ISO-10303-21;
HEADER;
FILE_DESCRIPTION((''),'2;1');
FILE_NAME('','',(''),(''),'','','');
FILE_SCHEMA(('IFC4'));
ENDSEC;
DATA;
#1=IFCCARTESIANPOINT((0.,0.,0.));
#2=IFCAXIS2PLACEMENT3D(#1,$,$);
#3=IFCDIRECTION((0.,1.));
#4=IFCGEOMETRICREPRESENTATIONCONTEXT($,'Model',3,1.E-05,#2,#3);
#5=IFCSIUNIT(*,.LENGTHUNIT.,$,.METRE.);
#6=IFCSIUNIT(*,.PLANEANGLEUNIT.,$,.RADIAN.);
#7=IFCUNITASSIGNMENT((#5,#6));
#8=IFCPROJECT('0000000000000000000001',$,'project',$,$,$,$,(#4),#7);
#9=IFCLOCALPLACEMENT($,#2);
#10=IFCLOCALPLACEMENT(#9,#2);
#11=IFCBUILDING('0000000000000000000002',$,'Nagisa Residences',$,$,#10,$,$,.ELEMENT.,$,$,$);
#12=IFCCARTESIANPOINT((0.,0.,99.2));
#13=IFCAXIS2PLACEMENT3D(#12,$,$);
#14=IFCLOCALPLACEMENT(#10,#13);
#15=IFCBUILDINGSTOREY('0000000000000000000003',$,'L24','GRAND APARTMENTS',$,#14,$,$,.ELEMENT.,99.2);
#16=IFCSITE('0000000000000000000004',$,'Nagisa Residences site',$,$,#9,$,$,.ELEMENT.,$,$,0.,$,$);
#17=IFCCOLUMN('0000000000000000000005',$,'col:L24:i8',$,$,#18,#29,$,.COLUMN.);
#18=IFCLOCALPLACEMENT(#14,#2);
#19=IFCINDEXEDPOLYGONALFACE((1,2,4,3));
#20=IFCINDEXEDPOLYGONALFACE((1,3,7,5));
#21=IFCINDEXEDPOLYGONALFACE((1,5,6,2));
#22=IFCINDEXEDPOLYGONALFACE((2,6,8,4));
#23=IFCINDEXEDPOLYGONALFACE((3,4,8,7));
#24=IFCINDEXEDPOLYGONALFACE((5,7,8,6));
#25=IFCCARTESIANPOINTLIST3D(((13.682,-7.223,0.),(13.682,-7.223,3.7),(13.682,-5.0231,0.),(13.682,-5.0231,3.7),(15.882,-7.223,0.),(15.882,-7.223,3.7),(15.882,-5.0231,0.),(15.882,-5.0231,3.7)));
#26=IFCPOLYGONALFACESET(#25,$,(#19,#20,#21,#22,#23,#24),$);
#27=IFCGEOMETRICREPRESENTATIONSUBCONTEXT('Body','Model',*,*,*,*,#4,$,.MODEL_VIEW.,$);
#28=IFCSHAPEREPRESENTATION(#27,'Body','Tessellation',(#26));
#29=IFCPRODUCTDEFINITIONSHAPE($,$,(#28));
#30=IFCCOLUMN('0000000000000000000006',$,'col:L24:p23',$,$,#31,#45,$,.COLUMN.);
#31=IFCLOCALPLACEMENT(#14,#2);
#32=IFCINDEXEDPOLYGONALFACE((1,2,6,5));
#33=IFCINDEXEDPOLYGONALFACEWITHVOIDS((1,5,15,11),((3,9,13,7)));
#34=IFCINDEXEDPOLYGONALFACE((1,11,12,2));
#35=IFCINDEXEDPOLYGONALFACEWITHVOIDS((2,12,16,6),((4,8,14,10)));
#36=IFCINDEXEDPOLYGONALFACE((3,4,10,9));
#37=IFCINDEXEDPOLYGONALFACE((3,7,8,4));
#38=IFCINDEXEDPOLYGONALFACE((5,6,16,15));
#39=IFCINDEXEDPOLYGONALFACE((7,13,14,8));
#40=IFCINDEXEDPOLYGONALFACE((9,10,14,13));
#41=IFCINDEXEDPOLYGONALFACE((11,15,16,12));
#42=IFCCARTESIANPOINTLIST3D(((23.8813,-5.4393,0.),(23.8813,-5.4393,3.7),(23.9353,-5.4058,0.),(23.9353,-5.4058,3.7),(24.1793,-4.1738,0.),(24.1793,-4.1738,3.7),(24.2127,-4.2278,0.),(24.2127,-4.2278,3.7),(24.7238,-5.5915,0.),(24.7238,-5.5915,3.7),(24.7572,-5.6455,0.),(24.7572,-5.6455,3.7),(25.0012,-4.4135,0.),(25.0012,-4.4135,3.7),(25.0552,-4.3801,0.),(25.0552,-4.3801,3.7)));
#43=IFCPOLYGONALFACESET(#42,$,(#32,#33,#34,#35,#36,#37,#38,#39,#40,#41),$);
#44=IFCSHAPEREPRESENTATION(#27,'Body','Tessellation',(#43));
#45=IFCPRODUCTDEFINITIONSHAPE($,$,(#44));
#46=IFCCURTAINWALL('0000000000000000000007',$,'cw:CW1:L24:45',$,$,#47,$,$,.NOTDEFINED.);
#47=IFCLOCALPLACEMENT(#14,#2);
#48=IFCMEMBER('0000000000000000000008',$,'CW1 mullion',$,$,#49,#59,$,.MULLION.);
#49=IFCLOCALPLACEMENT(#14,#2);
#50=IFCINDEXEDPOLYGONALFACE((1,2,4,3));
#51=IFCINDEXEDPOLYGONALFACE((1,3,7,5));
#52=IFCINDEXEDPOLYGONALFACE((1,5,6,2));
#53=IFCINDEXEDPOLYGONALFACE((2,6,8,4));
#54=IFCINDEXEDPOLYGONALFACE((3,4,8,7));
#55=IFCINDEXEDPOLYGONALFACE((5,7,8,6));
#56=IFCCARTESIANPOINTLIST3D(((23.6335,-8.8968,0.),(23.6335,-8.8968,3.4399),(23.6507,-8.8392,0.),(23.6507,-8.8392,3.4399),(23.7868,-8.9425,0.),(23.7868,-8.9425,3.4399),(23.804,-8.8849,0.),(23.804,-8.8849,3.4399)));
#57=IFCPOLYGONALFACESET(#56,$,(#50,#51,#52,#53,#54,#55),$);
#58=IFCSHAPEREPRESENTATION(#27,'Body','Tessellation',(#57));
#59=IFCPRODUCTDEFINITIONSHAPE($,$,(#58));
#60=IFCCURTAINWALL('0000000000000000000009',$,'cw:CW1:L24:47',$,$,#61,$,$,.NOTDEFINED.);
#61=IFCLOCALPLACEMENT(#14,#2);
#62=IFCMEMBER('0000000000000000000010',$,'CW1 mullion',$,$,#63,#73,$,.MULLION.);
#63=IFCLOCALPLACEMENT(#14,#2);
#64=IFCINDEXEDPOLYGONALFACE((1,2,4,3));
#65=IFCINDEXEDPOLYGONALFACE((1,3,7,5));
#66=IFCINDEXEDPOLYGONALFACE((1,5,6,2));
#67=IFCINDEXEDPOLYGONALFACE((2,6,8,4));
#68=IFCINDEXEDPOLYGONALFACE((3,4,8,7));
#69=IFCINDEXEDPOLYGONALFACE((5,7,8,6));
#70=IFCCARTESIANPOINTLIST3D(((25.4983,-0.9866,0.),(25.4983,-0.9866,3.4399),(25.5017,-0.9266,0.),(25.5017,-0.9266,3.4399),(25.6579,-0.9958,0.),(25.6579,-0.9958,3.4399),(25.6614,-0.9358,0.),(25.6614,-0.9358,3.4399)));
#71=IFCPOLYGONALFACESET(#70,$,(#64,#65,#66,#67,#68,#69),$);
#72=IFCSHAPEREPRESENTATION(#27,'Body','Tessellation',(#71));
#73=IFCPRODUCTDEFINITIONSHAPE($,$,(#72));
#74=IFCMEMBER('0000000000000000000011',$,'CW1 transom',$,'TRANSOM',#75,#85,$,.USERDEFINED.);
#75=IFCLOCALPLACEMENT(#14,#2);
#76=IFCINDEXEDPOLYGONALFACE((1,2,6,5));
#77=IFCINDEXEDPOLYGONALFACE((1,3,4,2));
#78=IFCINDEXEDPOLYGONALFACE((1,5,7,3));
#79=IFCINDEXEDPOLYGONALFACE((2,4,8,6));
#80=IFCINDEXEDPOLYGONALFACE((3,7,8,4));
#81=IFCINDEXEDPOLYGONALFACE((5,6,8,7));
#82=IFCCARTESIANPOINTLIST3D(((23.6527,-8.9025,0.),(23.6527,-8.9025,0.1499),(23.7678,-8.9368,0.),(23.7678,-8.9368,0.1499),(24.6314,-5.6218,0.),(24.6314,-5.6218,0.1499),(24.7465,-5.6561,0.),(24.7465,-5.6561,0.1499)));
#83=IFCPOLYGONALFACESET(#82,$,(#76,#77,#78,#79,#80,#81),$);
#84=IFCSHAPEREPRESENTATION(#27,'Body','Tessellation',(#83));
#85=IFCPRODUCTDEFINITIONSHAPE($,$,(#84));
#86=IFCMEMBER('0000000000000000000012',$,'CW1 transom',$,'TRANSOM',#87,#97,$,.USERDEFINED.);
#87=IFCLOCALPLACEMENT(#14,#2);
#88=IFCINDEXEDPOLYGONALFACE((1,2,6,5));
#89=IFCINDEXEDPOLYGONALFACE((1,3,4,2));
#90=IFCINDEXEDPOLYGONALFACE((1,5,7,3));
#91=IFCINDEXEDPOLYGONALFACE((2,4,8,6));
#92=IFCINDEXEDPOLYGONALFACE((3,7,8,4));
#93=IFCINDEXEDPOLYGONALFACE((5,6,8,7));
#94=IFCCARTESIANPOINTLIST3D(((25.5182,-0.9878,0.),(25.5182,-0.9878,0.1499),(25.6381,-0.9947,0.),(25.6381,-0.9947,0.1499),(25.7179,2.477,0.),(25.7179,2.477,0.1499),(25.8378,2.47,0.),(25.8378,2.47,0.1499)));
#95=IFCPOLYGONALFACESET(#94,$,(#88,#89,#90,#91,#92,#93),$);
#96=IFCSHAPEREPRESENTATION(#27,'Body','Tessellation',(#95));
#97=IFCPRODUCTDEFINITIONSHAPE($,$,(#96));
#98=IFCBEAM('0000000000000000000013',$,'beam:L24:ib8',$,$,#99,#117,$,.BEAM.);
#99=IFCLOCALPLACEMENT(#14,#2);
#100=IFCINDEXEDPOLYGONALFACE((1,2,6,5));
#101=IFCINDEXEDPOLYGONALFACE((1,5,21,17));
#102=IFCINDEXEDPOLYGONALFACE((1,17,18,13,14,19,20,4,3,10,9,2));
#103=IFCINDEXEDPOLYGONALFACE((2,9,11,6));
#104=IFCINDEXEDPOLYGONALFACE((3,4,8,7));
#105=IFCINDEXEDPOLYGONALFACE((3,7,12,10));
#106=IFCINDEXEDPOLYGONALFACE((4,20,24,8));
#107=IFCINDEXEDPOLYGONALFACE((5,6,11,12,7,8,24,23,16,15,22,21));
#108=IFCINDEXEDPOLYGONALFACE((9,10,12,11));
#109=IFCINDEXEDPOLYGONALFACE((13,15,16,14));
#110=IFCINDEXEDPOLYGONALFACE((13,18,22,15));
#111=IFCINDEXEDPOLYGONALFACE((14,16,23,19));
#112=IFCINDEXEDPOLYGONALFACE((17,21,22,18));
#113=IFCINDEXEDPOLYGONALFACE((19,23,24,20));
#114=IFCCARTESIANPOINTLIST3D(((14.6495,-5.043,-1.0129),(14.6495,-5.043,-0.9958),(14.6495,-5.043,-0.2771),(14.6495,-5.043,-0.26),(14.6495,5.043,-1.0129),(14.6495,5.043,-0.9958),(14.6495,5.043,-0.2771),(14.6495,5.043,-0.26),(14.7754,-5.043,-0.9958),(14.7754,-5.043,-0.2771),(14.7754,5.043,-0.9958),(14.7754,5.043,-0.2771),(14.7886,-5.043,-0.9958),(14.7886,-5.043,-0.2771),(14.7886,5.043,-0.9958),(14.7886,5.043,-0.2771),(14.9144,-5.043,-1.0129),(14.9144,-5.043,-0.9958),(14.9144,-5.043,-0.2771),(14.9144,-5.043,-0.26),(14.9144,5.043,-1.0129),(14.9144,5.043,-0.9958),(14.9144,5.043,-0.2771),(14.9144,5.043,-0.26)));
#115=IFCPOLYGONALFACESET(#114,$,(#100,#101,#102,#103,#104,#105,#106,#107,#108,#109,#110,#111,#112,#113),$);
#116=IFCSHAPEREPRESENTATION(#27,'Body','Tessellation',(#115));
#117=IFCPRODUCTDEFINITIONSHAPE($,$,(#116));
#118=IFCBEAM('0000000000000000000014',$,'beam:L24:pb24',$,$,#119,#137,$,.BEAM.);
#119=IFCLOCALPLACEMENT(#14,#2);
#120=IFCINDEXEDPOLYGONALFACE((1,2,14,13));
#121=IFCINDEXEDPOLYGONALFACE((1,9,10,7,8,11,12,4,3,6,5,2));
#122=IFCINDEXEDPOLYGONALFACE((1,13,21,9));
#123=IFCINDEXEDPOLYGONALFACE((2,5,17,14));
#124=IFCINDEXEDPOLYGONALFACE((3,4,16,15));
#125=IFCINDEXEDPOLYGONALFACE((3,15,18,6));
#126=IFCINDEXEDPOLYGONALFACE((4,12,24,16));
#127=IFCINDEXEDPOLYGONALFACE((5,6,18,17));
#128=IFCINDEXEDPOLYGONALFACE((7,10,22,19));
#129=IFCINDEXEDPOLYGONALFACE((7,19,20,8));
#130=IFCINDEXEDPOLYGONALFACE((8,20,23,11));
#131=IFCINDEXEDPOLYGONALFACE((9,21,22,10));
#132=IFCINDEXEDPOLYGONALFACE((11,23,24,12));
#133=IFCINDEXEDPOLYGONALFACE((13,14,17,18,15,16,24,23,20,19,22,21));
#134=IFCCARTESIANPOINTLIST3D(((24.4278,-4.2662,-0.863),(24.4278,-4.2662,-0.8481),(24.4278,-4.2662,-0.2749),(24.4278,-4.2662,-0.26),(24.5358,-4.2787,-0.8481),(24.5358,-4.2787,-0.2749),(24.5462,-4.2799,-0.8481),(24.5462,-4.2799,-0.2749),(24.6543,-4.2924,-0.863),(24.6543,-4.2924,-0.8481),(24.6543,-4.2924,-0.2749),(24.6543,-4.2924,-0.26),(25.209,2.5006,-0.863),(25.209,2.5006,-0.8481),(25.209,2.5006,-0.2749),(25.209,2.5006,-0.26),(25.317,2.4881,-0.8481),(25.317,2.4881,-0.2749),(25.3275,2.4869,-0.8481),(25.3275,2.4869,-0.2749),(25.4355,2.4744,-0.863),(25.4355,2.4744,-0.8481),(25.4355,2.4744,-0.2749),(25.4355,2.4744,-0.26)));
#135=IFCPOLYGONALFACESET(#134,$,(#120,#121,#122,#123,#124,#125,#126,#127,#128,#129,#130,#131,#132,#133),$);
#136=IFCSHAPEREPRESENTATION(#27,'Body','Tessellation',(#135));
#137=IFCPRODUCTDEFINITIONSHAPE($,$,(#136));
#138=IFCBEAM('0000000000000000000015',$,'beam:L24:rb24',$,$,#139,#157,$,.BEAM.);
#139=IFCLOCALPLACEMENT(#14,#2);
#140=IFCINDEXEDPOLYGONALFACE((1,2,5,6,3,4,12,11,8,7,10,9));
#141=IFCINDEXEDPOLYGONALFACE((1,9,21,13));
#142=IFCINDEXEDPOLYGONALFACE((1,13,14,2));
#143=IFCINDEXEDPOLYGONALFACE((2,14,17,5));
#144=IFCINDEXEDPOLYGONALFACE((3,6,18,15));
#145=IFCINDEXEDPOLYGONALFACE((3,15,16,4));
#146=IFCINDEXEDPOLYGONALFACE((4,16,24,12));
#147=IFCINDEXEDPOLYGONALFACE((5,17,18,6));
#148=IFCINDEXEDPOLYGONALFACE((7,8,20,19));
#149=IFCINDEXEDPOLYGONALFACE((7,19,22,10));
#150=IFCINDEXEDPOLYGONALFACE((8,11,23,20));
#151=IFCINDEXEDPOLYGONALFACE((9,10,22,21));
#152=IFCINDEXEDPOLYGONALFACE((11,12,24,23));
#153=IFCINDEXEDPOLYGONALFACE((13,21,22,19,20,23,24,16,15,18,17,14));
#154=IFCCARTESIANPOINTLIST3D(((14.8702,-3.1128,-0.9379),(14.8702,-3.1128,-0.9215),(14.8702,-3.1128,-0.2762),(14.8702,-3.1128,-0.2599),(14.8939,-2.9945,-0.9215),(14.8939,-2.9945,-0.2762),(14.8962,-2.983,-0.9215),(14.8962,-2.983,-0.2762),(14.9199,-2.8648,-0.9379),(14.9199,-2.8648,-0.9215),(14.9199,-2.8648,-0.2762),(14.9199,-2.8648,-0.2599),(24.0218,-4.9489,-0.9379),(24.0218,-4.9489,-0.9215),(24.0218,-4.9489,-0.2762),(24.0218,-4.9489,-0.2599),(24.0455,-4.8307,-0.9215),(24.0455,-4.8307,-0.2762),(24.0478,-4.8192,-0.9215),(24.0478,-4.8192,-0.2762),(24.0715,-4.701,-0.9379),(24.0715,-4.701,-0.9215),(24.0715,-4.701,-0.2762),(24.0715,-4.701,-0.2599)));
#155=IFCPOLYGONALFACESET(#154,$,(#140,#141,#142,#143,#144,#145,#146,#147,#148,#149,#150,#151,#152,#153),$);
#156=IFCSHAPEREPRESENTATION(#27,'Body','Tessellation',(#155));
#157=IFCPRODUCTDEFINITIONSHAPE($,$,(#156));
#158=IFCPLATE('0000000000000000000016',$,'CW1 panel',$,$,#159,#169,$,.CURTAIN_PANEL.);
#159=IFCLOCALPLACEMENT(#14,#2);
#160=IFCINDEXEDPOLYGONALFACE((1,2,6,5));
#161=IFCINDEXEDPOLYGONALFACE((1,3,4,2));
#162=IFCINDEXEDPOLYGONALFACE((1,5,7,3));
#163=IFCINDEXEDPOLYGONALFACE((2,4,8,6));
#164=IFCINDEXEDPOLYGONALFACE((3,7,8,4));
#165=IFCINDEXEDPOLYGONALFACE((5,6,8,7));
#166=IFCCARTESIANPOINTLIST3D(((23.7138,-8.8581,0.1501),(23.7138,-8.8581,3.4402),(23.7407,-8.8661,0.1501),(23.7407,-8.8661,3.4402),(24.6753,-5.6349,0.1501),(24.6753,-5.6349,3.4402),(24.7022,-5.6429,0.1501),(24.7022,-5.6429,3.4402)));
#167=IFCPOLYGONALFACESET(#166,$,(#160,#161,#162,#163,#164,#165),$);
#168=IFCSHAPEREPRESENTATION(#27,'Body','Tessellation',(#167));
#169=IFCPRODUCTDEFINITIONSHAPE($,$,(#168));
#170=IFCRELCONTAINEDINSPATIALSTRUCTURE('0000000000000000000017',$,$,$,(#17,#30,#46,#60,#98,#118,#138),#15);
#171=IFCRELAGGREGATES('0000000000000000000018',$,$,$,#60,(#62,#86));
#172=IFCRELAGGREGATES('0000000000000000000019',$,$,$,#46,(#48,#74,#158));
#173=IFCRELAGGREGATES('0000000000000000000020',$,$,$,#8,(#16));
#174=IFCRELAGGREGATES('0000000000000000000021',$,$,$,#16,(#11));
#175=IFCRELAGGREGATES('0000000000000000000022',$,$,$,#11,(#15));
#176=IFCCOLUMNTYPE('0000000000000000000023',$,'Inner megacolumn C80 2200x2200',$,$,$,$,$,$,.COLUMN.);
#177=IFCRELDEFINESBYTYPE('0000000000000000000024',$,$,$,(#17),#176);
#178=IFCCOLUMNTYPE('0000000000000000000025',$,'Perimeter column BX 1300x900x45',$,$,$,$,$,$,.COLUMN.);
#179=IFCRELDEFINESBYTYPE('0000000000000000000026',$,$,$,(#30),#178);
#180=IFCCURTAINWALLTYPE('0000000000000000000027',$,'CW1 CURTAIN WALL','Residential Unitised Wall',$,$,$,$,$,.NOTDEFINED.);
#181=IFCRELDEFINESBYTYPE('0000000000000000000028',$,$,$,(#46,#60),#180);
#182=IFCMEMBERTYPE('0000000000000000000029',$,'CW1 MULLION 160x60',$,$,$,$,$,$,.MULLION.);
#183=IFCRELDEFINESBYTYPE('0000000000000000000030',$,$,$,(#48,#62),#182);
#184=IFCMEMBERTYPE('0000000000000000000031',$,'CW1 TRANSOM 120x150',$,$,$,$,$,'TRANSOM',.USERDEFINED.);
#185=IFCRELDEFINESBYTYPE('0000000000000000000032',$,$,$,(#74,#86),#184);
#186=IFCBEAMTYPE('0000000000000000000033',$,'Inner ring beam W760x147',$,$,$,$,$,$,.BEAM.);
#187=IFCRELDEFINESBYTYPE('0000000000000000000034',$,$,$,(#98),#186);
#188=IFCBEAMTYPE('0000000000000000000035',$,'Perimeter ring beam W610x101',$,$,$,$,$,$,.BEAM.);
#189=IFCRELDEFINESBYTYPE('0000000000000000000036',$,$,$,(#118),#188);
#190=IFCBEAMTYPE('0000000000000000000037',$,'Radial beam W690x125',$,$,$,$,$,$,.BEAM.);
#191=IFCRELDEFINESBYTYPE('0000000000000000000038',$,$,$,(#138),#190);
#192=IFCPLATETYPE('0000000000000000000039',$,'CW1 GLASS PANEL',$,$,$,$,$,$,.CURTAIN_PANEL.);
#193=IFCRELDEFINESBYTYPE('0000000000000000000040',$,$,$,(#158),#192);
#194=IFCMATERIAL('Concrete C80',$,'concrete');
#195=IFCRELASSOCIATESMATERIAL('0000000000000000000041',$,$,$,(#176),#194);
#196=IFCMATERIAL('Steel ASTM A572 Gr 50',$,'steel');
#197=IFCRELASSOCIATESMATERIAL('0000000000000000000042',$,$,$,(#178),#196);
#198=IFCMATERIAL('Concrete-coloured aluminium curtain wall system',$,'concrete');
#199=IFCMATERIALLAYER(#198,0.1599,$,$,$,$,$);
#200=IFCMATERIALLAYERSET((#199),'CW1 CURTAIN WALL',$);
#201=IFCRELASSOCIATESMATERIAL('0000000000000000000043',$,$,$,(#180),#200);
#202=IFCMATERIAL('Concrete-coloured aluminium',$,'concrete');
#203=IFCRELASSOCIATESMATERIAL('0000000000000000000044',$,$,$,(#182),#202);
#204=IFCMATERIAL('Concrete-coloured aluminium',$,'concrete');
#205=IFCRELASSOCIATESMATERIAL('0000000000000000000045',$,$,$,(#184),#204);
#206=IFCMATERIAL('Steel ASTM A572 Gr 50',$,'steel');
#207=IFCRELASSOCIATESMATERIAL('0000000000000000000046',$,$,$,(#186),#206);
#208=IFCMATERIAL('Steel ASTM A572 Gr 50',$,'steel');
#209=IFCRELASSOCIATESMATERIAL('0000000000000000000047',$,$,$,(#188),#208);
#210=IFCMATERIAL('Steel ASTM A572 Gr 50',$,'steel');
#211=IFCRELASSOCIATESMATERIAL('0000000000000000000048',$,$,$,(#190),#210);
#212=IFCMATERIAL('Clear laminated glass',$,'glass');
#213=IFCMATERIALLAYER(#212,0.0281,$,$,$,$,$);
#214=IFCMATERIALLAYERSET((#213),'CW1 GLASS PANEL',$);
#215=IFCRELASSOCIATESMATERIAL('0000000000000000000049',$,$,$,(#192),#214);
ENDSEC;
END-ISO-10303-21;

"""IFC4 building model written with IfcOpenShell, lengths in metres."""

from ifc_helpers import new_model, si_unit, direction, frame, origin, origin_2d, place, context, subcontext, project, spatial, rectangle, hollow_rectangle, i_section, extrude, material, layer, layer_set, material_profile, profile_set, type_object, element, aggregate, save


model = new_model("IFC4")

# Units and contexts
model_context = context("Model", 3, precision=1e-05, world=origin(), true_north=direction((0.0, 1.0)))
body_context = subcontext(model_context, "Body", "Model", "MODEL_VIEW")
ifc_project = project(units=[si_unit("LENGTHUNIT", "METRE"), si_unit("PLANEANGLEUNIT", "RADIAN")], contexts=[model_context])

# Site, building, storey
site_placement = place(None, origin())
site = spatial("IfcSite", under=ifc_project, at=site_placement, Name="Nagisa Residences site", CompositionType="ELEMENT", RefElevation=0.0)
building_placement = place(site_placement, origin())
building = spatial("IfcBuilding", under=site, at=building_placement, Name="Nagisa Residences", CompositionType="ELEMENT")
storey_placement = place(building_placement, frame((0.0, 0.0, 99.2)))
storey = spatial("IfcBuildingStorey", under=building, at=storey_placement, Name="L24", Description="GRAND APARTMENTS", CompositionType="ELEMENT", Elevation=99.2)

# Columns
ifc_material_1 = material(Name="Concrete C80", Category="concrete")
ifc_material_profile_1 = material_profile(ifc_material_1, rectangle(XDim=2.2, YDim=2.2, at=origin_2d()), Name="C80 2200x2200")
ifc_profile_set_1 = profile_set([ifc_material_profile_1], Name="Concrete C80")
column_type_1 = type_object("IfcColumnType", Name="Inner megacolumn C80 2200x2200", PredefinedType="COLUMN", material=ifc_profile_set_1)
column_1_placement = place(storey_placement, frame((14.782, -6.123, 0.0), z_axis=(0.0, 0.0, 1.0), x_axis=(1.0, 0.0, 0.0)))
element("IfcColumn", 1, at=column_1_placement, inside=storey, type_object=column_type_1, Name="col:L24:i8", PredefinedType="COLUMN", context=body_context, shape_type="SweptSolid", body=[
    extrude(rectangle(XDim=2.2, YDim=2.2, at=origin_2d()), origin(), (0.0, 0.0, 1.0), 3.7),
])
ifc_material_2 = material(Name="Steel ASTM A572 Gr 50", Category="steel")
ifc_material_profile_2 = material_profile(ifc_material_2, hollow_rectangle(XDim=1.3, YDim=0.8999, WallThickness=0.0449, at=origin_2d()), Name="BX 1300x900x45")
ifc_profile_set_2 = profile_set([ifc_material_profile_2], Name="Steel ASTM A572 Gr 50")
column_type_2 = type_object("IfcColumnType", Name="Perimeter column BX 1300x900x45", PredefinedType="COLUMN", material=ifc_profile_set_2)
column_2_placement = place(storey_placement, frame((24.4683, -4.9097, 0.0), z_axis=(0.0, 0.0, 1.0), x_axis=(0.229202, 0.973379, 0.0)))
element("IfcColumn", 2, at=column_2_placement, inside=storey, type_object=column_type_2, Name="col:L24:p23", PredefinedType="COLUMN", context=body_context, shape_type="SweptSolid", body=[
    extrude(hollow_rectangle(XDim=1.3, YDim=0.8999, WallThickness=0.0449, at=origin_2d()), origin(), (0.0, 0.0, 1.0), 3.7),
])

# Curtain walls, members
ifc_material_3 = material(Name="Concrete-coloured aluminium curtain wall system", Category="concrete")
ifc_layer_1 = layer(ifc_material_3, 0.1599)
ifc_layer_set_1 = layer_set([ifc_layer_1], Name="CW1 CURTAIN WALL")
curtain_wall_type = type_object("IfcCurtainWallType", Name="CW1 CURTAIN WALL", Description="Residential Unitised Wall", PredefinedType="NOTDEFINED", material=ifc_layer_set_1)
curtain_wall_1_placement = place(storey_placement, origin())
curtain_wall_1 = element("IfcCurtainWall", 3, at=curtain_wall_1_placement, inside=storey, type_object=curtain_wall_type, Name="cw:CW1:L24:45", PredefinedType="NOTDEFINED")
ifc_material_4 = material(Name="Concrete-coloured aluminium", Category="concrete")
ifc_material_profile_3 = material_profile(ifc_material_4, rectangle(XDim=0.1599, YDim=0.0601, at=origin_2d()), Name="CW1 MULLION 160x60")
ifc_profile_set_3 = profile_set([ifc_material_profile_3], Name="Concrete-coloured aluminium")
member_type_1 = type_object("IfcMemberType", Name="CW1 MULLION 160x60", PredefinedType="MULLION", material=ifc_profile_set_3)
member_1_placement = place(storey_placement, frame((23.7188, -8.8909, 0.0), z_axis=(0.0, 0.0, 1.0), x_axis=(-0.958271, 0.28586, 0.0)))
member_1 = element("IfcMember", 4, at=member_1_placement, type_object=member_type_1, Name="CW1 mullion", PredefinedType="MULLION", context=body_context, shape_type="SweptSolid", body=[
    extrude(rectangle(XDim=0.1599, YDim=0.0601, at=origin_2d()), origin(), (0.0, 0.0, 1.0), 3.4399),
])
curtain_wall_2_placement = place(storey_placement, origin())
curtain_wall_2 = element("IfcCurtainWall", 5, at=curtain_wall_2_placement, inside=storey, type_object=curtain_wall_type, Name="cw:CW1:L24:47", PredefinedType="NOTDEFINED")
member_2_placement = place(storey_placement, frame((25.5798, -0.9612, 0.0), z_axis=(0.0, 0.0, 1.0), x_axis=(-0.998345, 0.057503, 0.0)))
member_2 = element("IfcMember", 6, at=member_2_placement, type_object=member_type_1, Name="CW1 mullion", PredefinedType="MULLION", context=body_context, shape_type="SweptSolid", body=[
    extrude(rectangle(XDim=0.1599, YDim=0.0601, at=origin_2d()), origin(), (0.0, 0.0, 1.0), 3.4399),
])

# Members
ifc_material_5 = material(Name="Concrete-coloured aluminium", Category="concrete")
ifc_material_profile_4 = material_profile(ifc_material_5, rectangle(XDim=0.1201, YDim=0.1499, at=origin_2d()), Name="CW1 TRANSOM 120x150")
ifc_profile_set_4 = profile_set([ifc_material_profile_4], Name="Concrete-coloured aluminium")
member_type_2 = type_object("IfcMemberType", Name="CW1 TRANSOM 120x150", ElementType="TRANSOM", PredefinedType="USERDEFINED", material=ifc_profile_set_4)
member_3_placement = place(storey_placement, frame((23.7102, -8.9197, 0.075), z_axis=(0.285882, 0.958265, 0.0), x_axis=(-0.958265, 0.285882, 0.0)))
member_3 = element("IfcMember", 7, at=member_3_placement, type_object=member_type_2, Name="CW1 transom", ObjectType="TRANSOM", PredefinedType="USERDEFINED", context=body_context, shape_type="SweptSolid", body=[
    extrude(rectangle(XDim=0.1201, YDim=0.1499, at=origin_2d()), origin(), (0.0, 0.0, 1.0), 3.4236),
])
member_4_placement = place(storey_placement, frame((25.5781, -0.9912, 0.075), z_axis=(0.057547, 0.998343, 0.0), x_axis=(-0.998343, 0.057547, 0.0)))
member_4 = element("IfcMember", 8, at=member_4_placement, type_object=member_type_2, Name="CW1 transom", ObjectType="TRANSOM", PredefinedType="USERDEFINED", context=body_context, shape_type="SweptSolid", body=[
    extrude(rectangle(XDim=0.1201, YDim=0.1499, at=origin_2d()), origin(), (0.0, 0.0, 1.0), 3.4705),
])
aggregate(curtain_wall_2, [member_2, member_4])

# Beams
ifc_material_6 = material(Name="Steel ASTM A572 Gr 50", Category="steel")
ifc_material_profile_5 = material_profile(ifc_material_6, i_section(OverallWidth=0.2649, OverallDepth=0.7529, WebThickness=0.0132, FlangeThickness=0.0171, at=origin_2d()), Name="W760x147")
ifc_profile_set_5 = profile_set([ifc_material_profile_5], Name="Steel ASTM A572 Gr 50")
beam_type_1 = type_object("IfcBeamType", Name="Inner ring beam W760x147", PredefinedType="BEAM", material=ifc_profile_set_5)
beam_1_placement = place(storey_placement, frame((14.782, -5.043, -0.6365), z_axis=(0.0, 1.0, 0.0), x_axis=(-1.0, 0.0, 0.0)))
element("IfcBeam", 9, at=beam_1_placement, inside=storey, type_object=beam_type_1, Name="beam:L24:ib8", PredefinedType="BEAM", context=body_context, shape_type="SweptSolid", body=[
    extrude(i_section(OverallWidth=0.2649, OverallDepth=0.7529, WebThickness=0.0132, FlangeThickness=0.0171, at=origin_2d()), origin(), (0.0, 0.0, 1.0), 10.0859),
])
ifc_material_7 = material(Name="Steel ASTM A572 Gr 50", Category="steel")
ifc_material_profile_6 = material_profile(ifc_material_7, i_section(OverallWidth=0.228, OverallDepth=0.603, WebThickness=0.0105, FlangeThickness=0.0149, at=origin_2d()), Name="W610x101")
ifc_profile_set_6 = profile_set([ifc_material_profile_6], Name="Steel ASTM A572 Gr 50")
beam_type_2 = type_object("IfcBeamType", Name="Perimeter ring beam W610x101", PredefinedType="BEAM", material=ifc_profile_set_6)
beam_2_placement = place(storey_placement, frame((24.541, -4.2793, -0.5615), z_axis=(0.114691, 0.993401, 0.0), x_axis=(-0.993401, 0.114691, 0.0)))
element("IfcBeam", 10, at=beam_2_placement, inside=storey, type_object=beam_type_2, Name="beam:L24:pb24", PredefinedType="BEAM", context=body_context, shape_type="SweptSolid", body=[
    extrude(i_section(OverallWidth=0.228, OverallDepth=0.603, WebThickness=0.0105, FlangeThickness=0.0149, at=origin_2d()), origin(), (0.0, 0.0, 1.0), 6.8118),
])
ifc_material_8 = material(Name="Steel ASTM A572 Gr 50", Category="steel")
ifc_material_profile_7 = material_profile(ifc_material_8, i_section(OverallWidth=0.2529, OverallDepth=0.678, WebThickness=0.0117, FlangeThickness=0.0164, at=origin_2d()), Name="W690x125")
ifc_profile_set_7 = profile_set([ifc_material_profile_7], Name="Steel ASTM A572 Gr 50")
beam_type_3 = type_object("IfcBeamType", Name="Radial beam W690x125", PredefinedType="BEAM", material=ifc_profile_set_7)
beam_3_placement = place(storey_placement, frame((24.0466, -4.825, -0.5989), z_axis=(-0.98046, 0.19672, 0.0), x_axis=(-0.19672, -0.98046, 0.0)))
element("IfcBeam", 11, at=beam_3_placement, inside=storey, type_object=beam_type_3, Name="beam:L24:rb24", PredefinedType="BEAM", context=body_context, shape_type="SweptSolid", body=[
    extrude(i_section(OverallWidth=0.2529, OverallDepth=0.678, WebThickness=0.0117, FlangeThickness=0.0164, at=origin_2d()), origin(), (0.0, 0.0, 1.0), 9.334),
])

# Plate
ifc_material_9 = material(Name="Clear laminated glass", Category="glass")
ifc_layer_2 = layer(ifc_material_9, 0.0281)
ifc_layer_set_2 = layer_set([ifc_layer_2], Name="CW1 GLASS PANEL")
plate_type = type_object("IfcPlateType", Name="CW1 GLASS PANEL", PredefinedType="CURTAIN_PANEL", material=ifc_layer_set_2)
plate_placement = place(storey_placement, frame((24.208, -7.2505, 0.1501), z_axis=(0.0, 0.0, 1.0), x_axis=(0.28586, 0.958271, 0.0)))
plate = element("IfcPlate", 12, at=plate_placement, type_object=plate_type, Name="CW1 panel", PredefinedType="CURTAIN_PANEL", context=body_context, shape_type="SweptSolid", body=[
    extrude(rectangle(XDim=3.3635, YDim=0.0281, at=origin_2d()), origin(), (0.0, 0.0, 1.0), 3.29),
])
aggregate(curtain_wall_1, [member_1, member_3, plate])

save(model, "model.ifc")
